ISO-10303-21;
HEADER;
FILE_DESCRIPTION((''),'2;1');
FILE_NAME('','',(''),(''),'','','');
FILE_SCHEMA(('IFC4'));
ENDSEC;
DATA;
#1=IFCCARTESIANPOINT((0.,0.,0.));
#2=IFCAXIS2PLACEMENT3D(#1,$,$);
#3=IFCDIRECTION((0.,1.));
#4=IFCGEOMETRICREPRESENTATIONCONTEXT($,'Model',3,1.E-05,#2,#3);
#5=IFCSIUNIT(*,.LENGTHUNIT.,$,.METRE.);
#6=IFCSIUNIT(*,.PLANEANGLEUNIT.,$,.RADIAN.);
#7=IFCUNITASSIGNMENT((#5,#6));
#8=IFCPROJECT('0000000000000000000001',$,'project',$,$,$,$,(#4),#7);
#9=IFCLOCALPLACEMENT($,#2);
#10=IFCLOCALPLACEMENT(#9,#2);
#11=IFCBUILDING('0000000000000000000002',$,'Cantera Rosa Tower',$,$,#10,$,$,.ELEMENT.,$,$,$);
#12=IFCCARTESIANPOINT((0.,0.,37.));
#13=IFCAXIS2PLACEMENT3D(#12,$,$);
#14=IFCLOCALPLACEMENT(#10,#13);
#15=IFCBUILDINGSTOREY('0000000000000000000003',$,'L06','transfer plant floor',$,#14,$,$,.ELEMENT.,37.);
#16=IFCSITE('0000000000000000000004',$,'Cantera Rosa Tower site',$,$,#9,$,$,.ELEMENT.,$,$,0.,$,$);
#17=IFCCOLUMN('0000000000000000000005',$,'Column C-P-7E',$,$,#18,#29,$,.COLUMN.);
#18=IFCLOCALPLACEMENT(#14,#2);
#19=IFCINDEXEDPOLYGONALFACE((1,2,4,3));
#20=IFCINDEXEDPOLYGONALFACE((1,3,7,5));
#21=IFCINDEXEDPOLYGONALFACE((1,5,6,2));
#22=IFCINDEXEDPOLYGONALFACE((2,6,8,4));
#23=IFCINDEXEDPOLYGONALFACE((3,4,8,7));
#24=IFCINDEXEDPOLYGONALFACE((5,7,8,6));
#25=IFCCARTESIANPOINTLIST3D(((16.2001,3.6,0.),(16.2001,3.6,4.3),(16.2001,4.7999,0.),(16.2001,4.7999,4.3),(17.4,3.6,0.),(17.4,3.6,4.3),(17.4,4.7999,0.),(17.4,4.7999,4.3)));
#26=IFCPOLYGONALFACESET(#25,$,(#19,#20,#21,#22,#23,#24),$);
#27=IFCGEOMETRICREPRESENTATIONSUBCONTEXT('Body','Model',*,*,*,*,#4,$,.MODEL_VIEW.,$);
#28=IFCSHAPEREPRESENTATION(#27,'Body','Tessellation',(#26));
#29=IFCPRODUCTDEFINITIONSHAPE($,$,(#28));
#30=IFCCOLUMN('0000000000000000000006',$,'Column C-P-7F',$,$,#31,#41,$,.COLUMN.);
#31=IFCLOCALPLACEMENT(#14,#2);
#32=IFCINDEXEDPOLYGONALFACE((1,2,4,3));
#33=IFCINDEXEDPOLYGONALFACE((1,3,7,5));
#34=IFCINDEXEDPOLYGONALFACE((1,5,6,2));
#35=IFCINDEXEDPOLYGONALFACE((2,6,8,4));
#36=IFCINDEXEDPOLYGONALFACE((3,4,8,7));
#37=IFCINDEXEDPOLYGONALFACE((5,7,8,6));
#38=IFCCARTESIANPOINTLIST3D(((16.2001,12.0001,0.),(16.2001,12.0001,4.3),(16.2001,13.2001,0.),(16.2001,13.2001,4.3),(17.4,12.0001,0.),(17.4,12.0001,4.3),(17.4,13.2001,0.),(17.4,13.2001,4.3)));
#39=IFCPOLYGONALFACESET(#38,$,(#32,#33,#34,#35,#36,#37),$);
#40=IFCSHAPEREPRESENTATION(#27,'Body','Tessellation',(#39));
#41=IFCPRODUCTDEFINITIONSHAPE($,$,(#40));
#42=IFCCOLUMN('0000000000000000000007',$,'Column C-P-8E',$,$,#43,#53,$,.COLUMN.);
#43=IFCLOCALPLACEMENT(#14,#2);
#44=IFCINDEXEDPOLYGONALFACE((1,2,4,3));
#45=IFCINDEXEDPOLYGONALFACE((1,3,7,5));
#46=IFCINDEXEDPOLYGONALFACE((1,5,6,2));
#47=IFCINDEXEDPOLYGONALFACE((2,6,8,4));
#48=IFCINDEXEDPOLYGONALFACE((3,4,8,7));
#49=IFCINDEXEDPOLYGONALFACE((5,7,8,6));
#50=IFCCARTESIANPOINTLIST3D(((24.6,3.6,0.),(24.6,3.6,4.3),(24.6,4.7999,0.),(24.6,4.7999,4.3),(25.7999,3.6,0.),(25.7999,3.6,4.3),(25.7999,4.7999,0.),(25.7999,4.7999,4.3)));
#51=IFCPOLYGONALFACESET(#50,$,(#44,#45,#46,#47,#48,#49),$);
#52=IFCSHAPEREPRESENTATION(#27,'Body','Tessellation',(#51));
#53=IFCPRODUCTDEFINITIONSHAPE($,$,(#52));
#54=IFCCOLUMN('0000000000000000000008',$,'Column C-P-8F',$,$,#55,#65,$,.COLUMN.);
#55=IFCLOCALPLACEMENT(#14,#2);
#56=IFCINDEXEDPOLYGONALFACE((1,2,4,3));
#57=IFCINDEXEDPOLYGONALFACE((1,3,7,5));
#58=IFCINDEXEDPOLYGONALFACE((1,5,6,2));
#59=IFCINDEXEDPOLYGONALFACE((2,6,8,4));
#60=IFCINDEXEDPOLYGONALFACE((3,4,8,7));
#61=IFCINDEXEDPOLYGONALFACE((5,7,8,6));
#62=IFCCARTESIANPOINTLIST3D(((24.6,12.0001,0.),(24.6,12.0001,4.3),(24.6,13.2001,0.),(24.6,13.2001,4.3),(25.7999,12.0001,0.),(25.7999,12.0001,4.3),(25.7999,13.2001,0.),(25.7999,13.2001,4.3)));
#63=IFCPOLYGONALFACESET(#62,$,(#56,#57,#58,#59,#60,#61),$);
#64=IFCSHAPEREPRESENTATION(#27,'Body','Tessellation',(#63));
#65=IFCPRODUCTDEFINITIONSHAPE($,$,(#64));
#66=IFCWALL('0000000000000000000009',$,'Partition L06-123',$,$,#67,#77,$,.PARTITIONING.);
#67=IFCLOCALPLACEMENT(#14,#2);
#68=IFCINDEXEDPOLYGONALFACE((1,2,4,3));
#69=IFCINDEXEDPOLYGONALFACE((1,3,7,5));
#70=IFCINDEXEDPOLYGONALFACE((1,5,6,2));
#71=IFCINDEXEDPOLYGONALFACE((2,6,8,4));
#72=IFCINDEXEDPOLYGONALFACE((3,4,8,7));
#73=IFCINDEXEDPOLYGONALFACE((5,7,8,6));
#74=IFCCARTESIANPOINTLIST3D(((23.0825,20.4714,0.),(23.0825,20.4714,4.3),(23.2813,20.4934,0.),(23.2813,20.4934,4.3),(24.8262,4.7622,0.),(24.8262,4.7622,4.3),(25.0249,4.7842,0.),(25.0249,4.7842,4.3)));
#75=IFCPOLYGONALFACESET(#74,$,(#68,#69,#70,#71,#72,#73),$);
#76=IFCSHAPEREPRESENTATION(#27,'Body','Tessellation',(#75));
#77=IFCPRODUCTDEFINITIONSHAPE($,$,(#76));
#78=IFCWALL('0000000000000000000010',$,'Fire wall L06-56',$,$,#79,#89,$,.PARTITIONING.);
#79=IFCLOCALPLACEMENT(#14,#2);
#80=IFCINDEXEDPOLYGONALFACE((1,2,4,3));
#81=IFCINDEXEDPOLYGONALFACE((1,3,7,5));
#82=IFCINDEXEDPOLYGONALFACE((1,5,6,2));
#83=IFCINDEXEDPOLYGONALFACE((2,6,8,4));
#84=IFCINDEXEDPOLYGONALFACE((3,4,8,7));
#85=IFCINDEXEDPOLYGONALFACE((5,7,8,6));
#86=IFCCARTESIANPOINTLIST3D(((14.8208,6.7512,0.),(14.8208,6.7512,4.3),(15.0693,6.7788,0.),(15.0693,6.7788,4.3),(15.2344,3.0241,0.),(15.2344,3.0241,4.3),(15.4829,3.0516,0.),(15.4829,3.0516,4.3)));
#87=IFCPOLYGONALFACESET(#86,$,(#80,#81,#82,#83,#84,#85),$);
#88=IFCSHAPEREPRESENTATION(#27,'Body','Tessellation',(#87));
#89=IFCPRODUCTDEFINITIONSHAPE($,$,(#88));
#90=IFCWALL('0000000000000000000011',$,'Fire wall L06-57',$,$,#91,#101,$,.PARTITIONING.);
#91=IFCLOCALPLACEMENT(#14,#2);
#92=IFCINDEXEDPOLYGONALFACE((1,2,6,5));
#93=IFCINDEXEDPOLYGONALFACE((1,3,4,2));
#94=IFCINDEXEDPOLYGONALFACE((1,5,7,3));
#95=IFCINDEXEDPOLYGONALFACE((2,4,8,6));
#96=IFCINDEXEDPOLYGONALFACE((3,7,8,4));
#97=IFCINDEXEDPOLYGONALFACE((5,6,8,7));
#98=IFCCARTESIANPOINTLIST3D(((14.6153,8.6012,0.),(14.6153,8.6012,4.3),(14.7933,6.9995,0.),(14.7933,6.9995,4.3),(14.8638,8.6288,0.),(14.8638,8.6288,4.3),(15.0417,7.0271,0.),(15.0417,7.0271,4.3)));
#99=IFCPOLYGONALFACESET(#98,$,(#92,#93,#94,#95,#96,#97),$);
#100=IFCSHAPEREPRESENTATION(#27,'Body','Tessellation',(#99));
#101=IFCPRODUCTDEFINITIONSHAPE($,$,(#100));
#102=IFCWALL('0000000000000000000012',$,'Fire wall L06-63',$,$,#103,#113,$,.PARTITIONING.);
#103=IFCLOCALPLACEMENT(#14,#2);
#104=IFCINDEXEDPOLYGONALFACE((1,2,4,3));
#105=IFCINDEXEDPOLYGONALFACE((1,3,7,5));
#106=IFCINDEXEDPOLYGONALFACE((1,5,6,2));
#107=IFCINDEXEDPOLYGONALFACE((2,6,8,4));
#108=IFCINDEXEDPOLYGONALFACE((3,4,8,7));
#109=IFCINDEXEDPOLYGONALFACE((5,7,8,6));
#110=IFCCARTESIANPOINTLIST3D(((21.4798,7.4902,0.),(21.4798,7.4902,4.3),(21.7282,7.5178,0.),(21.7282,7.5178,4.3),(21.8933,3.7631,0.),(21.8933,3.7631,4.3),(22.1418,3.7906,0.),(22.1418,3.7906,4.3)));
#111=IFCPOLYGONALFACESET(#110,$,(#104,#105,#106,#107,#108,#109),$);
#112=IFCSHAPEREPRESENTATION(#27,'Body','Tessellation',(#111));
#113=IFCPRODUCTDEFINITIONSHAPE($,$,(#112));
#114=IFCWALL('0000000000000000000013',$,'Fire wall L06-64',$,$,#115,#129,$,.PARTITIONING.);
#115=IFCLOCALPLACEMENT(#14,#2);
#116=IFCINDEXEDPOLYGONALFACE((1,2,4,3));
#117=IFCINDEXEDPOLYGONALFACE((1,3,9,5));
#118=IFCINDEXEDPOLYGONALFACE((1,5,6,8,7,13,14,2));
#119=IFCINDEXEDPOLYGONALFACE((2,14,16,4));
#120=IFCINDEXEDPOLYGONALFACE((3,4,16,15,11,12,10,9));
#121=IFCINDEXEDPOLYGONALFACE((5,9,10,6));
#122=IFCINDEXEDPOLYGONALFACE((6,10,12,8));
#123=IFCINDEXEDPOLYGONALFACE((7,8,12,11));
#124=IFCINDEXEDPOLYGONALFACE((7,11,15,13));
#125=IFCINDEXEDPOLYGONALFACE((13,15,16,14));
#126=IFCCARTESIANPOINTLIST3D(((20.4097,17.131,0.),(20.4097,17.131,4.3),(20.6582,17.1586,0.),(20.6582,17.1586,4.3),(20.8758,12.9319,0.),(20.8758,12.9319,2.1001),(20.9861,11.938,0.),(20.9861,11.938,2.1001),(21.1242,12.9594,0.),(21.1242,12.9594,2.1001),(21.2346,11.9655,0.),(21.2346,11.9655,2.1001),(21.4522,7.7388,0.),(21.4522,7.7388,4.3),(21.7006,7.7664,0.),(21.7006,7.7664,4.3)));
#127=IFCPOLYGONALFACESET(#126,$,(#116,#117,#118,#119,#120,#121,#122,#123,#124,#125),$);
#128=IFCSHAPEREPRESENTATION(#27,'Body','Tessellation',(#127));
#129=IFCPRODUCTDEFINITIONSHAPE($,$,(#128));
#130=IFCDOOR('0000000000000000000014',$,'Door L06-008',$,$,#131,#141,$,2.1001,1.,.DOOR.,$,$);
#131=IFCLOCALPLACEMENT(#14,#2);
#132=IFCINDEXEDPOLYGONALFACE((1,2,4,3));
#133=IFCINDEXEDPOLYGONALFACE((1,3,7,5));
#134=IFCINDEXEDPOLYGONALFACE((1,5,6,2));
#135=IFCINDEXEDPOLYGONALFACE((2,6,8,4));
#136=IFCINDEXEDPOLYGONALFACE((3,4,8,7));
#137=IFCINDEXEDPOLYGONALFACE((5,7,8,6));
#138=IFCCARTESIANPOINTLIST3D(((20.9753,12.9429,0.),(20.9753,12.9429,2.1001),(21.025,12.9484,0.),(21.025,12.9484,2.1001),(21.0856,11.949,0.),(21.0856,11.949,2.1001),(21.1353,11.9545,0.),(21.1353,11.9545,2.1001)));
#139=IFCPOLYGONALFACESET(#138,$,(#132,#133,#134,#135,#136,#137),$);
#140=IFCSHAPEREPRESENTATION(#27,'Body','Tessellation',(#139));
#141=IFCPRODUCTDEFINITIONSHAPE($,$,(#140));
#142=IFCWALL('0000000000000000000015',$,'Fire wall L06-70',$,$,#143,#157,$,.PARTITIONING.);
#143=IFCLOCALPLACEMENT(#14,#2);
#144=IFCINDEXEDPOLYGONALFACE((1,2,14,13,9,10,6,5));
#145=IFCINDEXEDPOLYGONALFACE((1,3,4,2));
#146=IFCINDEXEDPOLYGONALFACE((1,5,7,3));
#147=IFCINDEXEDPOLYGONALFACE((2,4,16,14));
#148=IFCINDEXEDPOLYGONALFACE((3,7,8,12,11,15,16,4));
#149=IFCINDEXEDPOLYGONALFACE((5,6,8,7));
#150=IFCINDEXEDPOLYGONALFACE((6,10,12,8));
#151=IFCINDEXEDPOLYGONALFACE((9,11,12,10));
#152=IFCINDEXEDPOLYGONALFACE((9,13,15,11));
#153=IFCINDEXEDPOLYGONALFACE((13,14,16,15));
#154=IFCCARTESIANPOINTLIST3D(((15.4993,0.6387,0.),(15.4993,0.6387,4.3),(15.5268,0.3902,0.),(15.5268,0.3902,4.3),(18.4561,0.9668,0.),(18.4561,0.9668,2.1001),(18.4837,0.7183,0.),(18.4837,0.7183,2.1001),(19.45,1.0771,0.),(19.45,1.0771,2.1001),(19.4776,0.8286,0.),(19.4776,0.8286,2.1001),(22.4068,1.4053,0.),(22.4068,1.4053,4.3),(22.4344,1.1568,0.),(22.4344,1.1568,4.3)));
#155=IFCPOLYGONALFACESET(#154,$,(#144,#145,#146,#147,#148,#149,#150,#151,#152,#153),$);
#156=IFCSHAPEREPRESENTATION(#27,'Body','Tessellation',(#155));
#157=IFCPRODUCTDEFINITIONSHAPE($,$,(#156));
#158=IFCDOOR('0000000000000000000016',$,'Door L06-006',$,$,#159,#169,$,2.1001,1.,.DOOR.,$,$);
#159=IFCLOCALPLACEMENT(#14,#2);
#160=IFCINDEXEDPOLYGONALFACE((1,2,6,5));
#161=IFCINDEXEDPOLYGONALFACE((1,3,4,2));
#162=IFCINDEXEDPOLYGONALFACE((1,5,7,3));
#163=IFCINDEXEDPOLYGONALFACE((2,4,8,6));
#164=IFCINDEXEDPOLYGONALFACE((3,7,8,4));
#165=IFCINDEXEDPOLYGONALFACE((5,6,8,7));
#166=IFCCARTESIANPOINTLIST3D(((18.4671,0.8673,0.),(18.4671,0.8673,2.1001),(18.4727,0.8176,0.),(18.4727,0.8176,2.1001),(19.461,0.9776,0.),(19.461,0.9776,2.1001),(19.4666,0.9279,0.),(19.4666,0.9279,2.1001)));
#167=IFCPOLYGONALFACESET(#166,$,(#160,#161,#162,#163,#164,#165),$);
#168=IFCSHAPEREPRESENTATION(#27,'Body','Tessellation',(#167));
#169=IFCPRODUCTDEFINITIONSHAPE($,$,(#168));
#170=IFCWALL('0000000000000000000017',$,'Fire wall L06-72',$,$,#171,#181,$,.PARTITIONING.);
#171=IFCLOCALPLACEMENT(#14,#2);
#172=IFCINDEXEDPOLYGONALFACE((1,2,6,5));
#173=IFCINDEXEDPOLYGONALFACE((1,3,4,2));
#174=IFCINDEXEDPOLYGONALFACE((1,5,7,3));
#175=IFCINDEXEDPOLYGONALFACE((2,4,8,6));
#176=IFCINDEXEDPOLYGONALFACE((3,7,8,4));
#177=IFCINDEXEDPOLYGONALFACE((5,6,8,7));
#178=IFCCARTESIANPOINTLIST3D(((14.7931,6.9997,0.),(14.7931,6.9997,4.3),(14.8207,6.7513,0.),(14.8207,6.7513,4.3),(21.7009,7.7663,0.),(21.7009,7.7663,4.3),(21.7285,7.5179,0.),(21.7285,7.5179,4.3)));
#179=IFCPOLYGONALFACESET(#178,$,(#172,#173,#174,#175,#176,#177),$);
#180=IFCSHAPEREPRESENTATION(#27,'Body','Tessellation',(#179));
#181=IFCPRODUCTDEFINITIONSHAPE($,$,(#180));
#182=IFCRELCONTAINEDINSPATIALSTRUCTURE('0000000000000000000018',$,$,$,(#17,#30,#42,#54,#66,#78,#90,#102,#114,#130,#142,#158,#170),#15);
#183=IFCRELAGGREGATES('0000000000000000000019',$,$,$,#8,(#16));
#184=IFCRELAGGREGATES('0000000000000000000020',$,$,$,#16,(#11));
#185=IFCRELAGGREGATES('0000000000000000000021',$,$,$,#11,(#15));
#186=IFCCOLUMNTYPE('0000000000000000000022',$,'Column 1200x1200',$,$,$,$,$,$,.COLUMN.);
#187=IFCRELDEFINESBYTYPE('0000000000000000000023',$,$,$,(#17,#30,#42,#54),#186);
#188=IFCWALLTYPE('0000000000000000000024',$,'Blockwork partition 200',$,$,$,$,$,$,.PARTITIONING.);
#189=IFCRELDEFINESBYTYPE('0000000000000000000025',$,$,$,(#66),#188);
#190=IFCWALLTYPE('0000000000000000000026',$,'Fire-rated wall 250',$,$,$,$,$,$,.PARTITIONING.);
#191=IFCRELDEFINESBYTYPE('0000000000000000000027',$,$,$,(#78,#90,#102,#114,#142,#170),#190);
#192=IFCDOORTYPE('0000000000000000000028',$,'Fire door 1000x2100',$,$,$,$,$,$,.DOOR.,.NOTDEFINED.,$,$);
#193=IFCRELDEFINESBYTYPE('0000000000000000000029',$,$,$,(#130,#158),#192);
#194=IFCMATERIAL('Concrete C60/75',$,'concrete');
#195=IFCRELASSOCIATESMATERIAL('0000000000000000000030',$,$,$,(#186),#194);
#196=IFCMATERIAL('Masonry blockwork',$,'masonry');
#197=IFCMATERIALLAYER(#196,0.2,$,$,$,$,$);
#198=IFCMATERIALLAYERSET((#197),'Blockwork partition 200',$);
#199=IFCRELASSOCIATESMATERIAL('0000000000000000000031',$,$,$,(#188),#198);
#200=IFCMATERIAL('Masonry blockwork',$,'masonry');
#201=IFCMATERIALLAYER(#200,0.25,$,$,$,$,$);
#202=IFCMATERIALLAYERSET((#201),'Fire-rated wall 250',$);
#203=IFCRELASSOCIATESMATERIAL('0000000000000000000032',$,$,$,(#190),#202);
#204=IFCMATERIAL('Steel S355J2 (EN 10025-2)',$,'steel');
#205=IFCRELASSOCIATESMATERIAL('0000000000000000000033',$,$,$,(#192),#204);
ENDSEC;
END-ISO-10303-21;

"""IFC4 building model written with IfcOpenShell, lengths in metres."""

from ifc_helpers import new_model, si_unit, direction, frame, frame_2d, origin, origin_2d, place, context, subcontext, project, spatial, rectangle, extrude, material, layer, layer_set, material_profile, profile_set, type_object, element, fill, save


model = new_model("IFC4")

# Units and contexts
model_context = context("Model", 3, precision=1e-05, world=origin(), true_north=direction((0.0, 1.0)))
body_context = subcontext(model_context, "Body", "Model", "MODEL_VIEW")
ifc_project = project(units=[si_unit("LENGTHUNIT", "METRE"), si_unit("PLANEANGLEUNIT", "RADIAN")], contexts=[model_context])

# Site, building, storey
site_placement = place(None, origin())
site = spatial("IfcSite", under=ifc_project, at=site_placement, Name="Cantera Rosa Tower site", CompositionType="ELEMENT", RefElevation=0.0)
building_placement = place(site_placement, origin())
building = spatial("IfcBuilding", under=site, at=building_placement, Name="Cantera Rosa Tower", CompositionType="ELEMENT")
storey_placement = place(building_placement, frame((0.0, 0.0, 37.0)))
storey = spatial("IfcBuildingStorey", under=building, at=storey_placement, Name="L06", Description="transfer plant floor", CompositionType="ELEMENT", Elevation=37.0)

# Columns
ifc_material_1 = material(Name="Concrete C60/75", Category="concrete")
ifc_material_profile = material_profile(ifc_material_1, rectangle(XDim=1.2, YDim=1.2, at=origin_2d()), Name="Column 1200x1200")
ifc_profile_set = profile_set([ifc_material_profile], Name="Concrete C60/75")
column_type = type_object("IfcColumnType", Name="Column 1200x1200", PredefinedType="COLUMN", material=ifc_profile_set)
for number, where, z_axis, x_axis, name in (
    (1, (16.8, 4.2, 0.0), (0.0, 0.0, 1.0), (1.0, 0.0, 0.0), "Column C-P-7E"),
    (2, (16.8, 12.6001, 0.0), (0.0, 0.0, 1.0), (1.0, 0.0, 0.0), "Column C-P-7F"),
    (3, (25.2, 4.2, 0.0), (0.0, 0.0, 1.0), (1.0, 0.0, 0.0), "Column C-P-8E"),
    (4, (25.2, 12.6001, 0.0), (0.0, 0.0, 1.0), (1.0, 0.0, 0.0), "Column C-P-8F"),
):
    element("IfcColumn", number, at=place(storey_placement, frame(where, z_axis=z_axis, x_axis=x_axis)), inside=storey, type_object=column_type, Name=name, PredefinedType="COLUMN", context=body_context, shape_type="SweptSolid", body=[
        extrude(rectangle(XDim=1.2, YDim=1.2, at=origin_2d()), origin(), (0.0, 0.0, 1.0), 4.3),
    ])

# Walls
ifc_material_2 = material(Name="Masonry blockwork", Category="masonry")
ifc_layer_1 = layer(ifc_material_2, 0.2)
ifc_layer_set_1 = layer_set([ifc_layer_1], Name="Blockwork partition 200")
wall_type_1 = type_object("IfcWallType", Name="Blockwork partition 200", PredefinedType="PARTITIONING", material=ifc_layer_set_1)
wall_1_placement = place(storey_placement, frame((24.9255, 4.7732, 0.0), z_axis=(0.0, 0.0, 1.0), x_axis=(-0.110318, 0.993896, 0.0)))
element("IfcWall", 5, at=wall_1_placement, inside=storey, type_object=wall_type_1, Name="Partition L06-123", PredefinedType="PARTITIONING", context=body_context, shape_type="SweptSolid", body=[
    extrude(rectangle(XDim=15.8057, YDim=0.2, at=frame_2d((7.9028, 0.0))), origin(), (0.0, 0.0, 1.0), 4.3),
])
ifc_material_3 = material(Name="Masonry blockwork", Category="masonry")
ifc_layer_2 = layer(ifc_material_3, 0.25)
ifc_layer_set_2 = layer_set([ifc_layer_2], Name="Fire-rated wall 250")
wall_type_2 = type_object("IfcWallType", Name="Fire-rated wall 250", PredefinedType="PARTITIONING", material=ifc_layer_set_2)
wall_2_placement = place(storey_placement, frame((15.3586, 3.0378, 0.0), z_axis=(0.0, 0.0, 1.0), x_axis=(-0.110289, 0.9939, 0.0)))
element("IfcWall", 6, at=wall_2_placement, inside=storey, type_object=wall_type_2, Name="Fire wall L06-56", PredefinedType="PARTITIONING", context=body_context, shape_type="SweptSolid", body=[
    extrude(rectangle(XDim=3.75, YDim=0.25, at=frame_2d((1.875, 0.0))), origin(), (0.0, 0.0, 1.0), 4.3),
])
wall_3_placement = place(storey_placement, frame((14.9175, 7.0134, 0.0), z_axis=(0.0, 0.0, 1.0), x_axis=(-0.110432, 0.993884, 0.0)))
element("IfcWall", 7, at=wall_3_placement, inside=storey, type_object=wall_type_2, Name="Fire wall L06-57", PredefinedType="PARTITIONING", context=body_context, shape_type="SweptSolid", body=[
    extrude(rectangle(XDim=1.6116, YDim=0.25, at=frame_2d((0.8057, 0.0))), origin(), (0.0, 0.0, 1.0), 4.3),
])
wall_4_placement = place(storey_placement, frame((22.0176, 3.7769, 0.0), z_axis=(0.0, 0.0, 1.0), x_axis=(-0.110289, 0.9939, 0.0)))
element("IfcWall", 8, at=wall_4_placement, inside=storey, type_object=wall_type_2, Name="Fire wall L06-63", PredefinedType="PARTITIONING", context=body_context, shape_type="SweptSolid", body=[
    extrude(rectangle(XDim=3.75, YDim=0.25, at=frame_2d((1.875, 0.0))), origin(), (0.0, 0.0, 1.0), 4.3),
])

# Walls, openings, doors
wall_5_placement = place(storey_placement, frame((21.5764, 7.7524, 0.0), z_axis=(0.0, 0.0, 1.0), x_axis=(-0.110315, 0.993897, 0.0)))
wall_5 = element("IfcWall", 9, at=wall_5_placement, inside=storey, type_object=wall_type_2, Name="Fire wall L06-64", PredefinedType="PARTITIONING", context=body_context, shape_type="SweptSolid", body=[
    extrude(rectangle(XDim=9.45, YDim=0.25, at=frame_2d((4.7251, 0.0))), origin(), (0.0, 0.0, 1.0), 4.3),
])
opening_1_placement = place(wall_5_placement, frame((4.2251, 0.0, 0.0)))
opening_1 = element("IfcOpeningElement", 10, at=opening_1_placement, cuts=wall_5, PredefinedType="OPENING", context=body_context, shape_type="SweptSolid", body=[
    extrude(rectangle(XDim=1.0, YDim=2.1001, at=frame_2d((0.5, 1.05))), frame((0.0, 0.135, 0.0), z_axis=(0.0, -1.0, 0.0), x_axis=(1.0, 0.0, 0.0)), (0.0, 0.0, 1.0), 0.27),
])
ifc_material_4 = material(Name="Steel S355J2 (EN 10025-2)", Category="steel")
door_type_1 = type_object("IfcDoorType", Name="Fire door 1000x2100", OperationType="NOTDEFINED", PredefinedType="DOOR", material=ifc_material_4)
door_1_placement = place(opening_1_placement, origin())
door_1 = element("IfcDoor", 11, at=door_1_placement, inside=storey, type_object=door_type_1, Name="Door L06-008", OverallHeight=2.1001, OverallWidth=1.0, PredefinedType="DOOR", context=body_context, shape_type="SweptSolid", body=[
    extrude(rectangle(XDim=1.0, YDim=2.1001, at=frame_2d((0.5, 1.05))), frame((0.0, 0.0249, 0.0), z_axis=(0.0, -1.0, 0.0), x_axis=(1.0, 0.0, 0.0)), (0.0, 0.0, 1.0), 0.05),
])
fill(opening_1, door_1)
wall_6_placement = place(storey_placement, frame((15.5129, 0.5144, 0.0), z_axis=(0.0, 0.0, 1.0), x_axis=(0.993898, 0.110304, 0.0)))
wall_6 = element("IfcWall", 12, at=wall_6_placement, inside=storey, type_object=wall_type_2, Name="Fire wall L06-70", PredefinedType="PARTITIONING", context=body_context, shape_type="SweptSolid", body=[
    extrude(rectangle(XDim=6.95, YDim=0.25, at=frame_2d((3.4751, 0.0))), origin(), (0.0, 0.0, 1.0), 4.3),
])
opening_2_placement = place(wall_6_placement, frame((2.9751, 0.0, 0.0)))
opening_2 = element("IfcOpeningElement", 13, at=opening_2_placement, cuts=wall_6, PredefinedType="OPENING", context=body_context, shape_type="SweptSolid", body=[
    extrude(rectangle(XDim=1.0, YDim=2.1001, at=frame_2d((0.5, 1.05))), frame((0.0, 0.135, 0.0), z_axis=(0.0, -1.0, 0.0), x_axis=(1.0, 0.0, 0.0)), (0.0, 0.0, 1.0), 0.27),
])
door_2_placement = place(opening_2_placement, origin())
door_2 = element("IfcDoor", 14, at=door_2_placement, inside=storey, type_object=door_type_1, Name="Door L06-006", OverallHeight=2.1001, OverallWidth=1.0, PredefinedType="DOOR", context=body_context, shape_type="SweptSolid", body=[
    extrude(rectangle(XDim=1.0, YDim=2.1001, at=frame_2d((0.5, 1.05))), frame((0.0, 0.0249, 0.0), z_axis=(0.0, -1.0, 0.0), x_axis=(1.0, 0.0, 0.0)), (0.0, 0.0, 1.0), 0.05),
])
fill(opening_2, door_2)

# Wall
wall_7_placement = place(storey_placement, frame((14.8069, 6.8755, 0.0), z_axis=(0.0, 0.0, 1.0), x_axis=(0.993898, 0.1103, 0.0)))
element("IfcWall", 15, at=wall_7_placement, inside=storey, type_object=wall_type_2, Name="Fire wall L06-72", PredefinedType="PARTITIONING", context=body_context, shape_type="SweptSolid", body=[
    extrude(rectangle(XDim=6.9502, YDim=0.25, at=frame_2d((3.4751, 0.0))), origin(), (0.0, 0.0, 1.0), 4.3),
])

save(model, "model.ifc")
